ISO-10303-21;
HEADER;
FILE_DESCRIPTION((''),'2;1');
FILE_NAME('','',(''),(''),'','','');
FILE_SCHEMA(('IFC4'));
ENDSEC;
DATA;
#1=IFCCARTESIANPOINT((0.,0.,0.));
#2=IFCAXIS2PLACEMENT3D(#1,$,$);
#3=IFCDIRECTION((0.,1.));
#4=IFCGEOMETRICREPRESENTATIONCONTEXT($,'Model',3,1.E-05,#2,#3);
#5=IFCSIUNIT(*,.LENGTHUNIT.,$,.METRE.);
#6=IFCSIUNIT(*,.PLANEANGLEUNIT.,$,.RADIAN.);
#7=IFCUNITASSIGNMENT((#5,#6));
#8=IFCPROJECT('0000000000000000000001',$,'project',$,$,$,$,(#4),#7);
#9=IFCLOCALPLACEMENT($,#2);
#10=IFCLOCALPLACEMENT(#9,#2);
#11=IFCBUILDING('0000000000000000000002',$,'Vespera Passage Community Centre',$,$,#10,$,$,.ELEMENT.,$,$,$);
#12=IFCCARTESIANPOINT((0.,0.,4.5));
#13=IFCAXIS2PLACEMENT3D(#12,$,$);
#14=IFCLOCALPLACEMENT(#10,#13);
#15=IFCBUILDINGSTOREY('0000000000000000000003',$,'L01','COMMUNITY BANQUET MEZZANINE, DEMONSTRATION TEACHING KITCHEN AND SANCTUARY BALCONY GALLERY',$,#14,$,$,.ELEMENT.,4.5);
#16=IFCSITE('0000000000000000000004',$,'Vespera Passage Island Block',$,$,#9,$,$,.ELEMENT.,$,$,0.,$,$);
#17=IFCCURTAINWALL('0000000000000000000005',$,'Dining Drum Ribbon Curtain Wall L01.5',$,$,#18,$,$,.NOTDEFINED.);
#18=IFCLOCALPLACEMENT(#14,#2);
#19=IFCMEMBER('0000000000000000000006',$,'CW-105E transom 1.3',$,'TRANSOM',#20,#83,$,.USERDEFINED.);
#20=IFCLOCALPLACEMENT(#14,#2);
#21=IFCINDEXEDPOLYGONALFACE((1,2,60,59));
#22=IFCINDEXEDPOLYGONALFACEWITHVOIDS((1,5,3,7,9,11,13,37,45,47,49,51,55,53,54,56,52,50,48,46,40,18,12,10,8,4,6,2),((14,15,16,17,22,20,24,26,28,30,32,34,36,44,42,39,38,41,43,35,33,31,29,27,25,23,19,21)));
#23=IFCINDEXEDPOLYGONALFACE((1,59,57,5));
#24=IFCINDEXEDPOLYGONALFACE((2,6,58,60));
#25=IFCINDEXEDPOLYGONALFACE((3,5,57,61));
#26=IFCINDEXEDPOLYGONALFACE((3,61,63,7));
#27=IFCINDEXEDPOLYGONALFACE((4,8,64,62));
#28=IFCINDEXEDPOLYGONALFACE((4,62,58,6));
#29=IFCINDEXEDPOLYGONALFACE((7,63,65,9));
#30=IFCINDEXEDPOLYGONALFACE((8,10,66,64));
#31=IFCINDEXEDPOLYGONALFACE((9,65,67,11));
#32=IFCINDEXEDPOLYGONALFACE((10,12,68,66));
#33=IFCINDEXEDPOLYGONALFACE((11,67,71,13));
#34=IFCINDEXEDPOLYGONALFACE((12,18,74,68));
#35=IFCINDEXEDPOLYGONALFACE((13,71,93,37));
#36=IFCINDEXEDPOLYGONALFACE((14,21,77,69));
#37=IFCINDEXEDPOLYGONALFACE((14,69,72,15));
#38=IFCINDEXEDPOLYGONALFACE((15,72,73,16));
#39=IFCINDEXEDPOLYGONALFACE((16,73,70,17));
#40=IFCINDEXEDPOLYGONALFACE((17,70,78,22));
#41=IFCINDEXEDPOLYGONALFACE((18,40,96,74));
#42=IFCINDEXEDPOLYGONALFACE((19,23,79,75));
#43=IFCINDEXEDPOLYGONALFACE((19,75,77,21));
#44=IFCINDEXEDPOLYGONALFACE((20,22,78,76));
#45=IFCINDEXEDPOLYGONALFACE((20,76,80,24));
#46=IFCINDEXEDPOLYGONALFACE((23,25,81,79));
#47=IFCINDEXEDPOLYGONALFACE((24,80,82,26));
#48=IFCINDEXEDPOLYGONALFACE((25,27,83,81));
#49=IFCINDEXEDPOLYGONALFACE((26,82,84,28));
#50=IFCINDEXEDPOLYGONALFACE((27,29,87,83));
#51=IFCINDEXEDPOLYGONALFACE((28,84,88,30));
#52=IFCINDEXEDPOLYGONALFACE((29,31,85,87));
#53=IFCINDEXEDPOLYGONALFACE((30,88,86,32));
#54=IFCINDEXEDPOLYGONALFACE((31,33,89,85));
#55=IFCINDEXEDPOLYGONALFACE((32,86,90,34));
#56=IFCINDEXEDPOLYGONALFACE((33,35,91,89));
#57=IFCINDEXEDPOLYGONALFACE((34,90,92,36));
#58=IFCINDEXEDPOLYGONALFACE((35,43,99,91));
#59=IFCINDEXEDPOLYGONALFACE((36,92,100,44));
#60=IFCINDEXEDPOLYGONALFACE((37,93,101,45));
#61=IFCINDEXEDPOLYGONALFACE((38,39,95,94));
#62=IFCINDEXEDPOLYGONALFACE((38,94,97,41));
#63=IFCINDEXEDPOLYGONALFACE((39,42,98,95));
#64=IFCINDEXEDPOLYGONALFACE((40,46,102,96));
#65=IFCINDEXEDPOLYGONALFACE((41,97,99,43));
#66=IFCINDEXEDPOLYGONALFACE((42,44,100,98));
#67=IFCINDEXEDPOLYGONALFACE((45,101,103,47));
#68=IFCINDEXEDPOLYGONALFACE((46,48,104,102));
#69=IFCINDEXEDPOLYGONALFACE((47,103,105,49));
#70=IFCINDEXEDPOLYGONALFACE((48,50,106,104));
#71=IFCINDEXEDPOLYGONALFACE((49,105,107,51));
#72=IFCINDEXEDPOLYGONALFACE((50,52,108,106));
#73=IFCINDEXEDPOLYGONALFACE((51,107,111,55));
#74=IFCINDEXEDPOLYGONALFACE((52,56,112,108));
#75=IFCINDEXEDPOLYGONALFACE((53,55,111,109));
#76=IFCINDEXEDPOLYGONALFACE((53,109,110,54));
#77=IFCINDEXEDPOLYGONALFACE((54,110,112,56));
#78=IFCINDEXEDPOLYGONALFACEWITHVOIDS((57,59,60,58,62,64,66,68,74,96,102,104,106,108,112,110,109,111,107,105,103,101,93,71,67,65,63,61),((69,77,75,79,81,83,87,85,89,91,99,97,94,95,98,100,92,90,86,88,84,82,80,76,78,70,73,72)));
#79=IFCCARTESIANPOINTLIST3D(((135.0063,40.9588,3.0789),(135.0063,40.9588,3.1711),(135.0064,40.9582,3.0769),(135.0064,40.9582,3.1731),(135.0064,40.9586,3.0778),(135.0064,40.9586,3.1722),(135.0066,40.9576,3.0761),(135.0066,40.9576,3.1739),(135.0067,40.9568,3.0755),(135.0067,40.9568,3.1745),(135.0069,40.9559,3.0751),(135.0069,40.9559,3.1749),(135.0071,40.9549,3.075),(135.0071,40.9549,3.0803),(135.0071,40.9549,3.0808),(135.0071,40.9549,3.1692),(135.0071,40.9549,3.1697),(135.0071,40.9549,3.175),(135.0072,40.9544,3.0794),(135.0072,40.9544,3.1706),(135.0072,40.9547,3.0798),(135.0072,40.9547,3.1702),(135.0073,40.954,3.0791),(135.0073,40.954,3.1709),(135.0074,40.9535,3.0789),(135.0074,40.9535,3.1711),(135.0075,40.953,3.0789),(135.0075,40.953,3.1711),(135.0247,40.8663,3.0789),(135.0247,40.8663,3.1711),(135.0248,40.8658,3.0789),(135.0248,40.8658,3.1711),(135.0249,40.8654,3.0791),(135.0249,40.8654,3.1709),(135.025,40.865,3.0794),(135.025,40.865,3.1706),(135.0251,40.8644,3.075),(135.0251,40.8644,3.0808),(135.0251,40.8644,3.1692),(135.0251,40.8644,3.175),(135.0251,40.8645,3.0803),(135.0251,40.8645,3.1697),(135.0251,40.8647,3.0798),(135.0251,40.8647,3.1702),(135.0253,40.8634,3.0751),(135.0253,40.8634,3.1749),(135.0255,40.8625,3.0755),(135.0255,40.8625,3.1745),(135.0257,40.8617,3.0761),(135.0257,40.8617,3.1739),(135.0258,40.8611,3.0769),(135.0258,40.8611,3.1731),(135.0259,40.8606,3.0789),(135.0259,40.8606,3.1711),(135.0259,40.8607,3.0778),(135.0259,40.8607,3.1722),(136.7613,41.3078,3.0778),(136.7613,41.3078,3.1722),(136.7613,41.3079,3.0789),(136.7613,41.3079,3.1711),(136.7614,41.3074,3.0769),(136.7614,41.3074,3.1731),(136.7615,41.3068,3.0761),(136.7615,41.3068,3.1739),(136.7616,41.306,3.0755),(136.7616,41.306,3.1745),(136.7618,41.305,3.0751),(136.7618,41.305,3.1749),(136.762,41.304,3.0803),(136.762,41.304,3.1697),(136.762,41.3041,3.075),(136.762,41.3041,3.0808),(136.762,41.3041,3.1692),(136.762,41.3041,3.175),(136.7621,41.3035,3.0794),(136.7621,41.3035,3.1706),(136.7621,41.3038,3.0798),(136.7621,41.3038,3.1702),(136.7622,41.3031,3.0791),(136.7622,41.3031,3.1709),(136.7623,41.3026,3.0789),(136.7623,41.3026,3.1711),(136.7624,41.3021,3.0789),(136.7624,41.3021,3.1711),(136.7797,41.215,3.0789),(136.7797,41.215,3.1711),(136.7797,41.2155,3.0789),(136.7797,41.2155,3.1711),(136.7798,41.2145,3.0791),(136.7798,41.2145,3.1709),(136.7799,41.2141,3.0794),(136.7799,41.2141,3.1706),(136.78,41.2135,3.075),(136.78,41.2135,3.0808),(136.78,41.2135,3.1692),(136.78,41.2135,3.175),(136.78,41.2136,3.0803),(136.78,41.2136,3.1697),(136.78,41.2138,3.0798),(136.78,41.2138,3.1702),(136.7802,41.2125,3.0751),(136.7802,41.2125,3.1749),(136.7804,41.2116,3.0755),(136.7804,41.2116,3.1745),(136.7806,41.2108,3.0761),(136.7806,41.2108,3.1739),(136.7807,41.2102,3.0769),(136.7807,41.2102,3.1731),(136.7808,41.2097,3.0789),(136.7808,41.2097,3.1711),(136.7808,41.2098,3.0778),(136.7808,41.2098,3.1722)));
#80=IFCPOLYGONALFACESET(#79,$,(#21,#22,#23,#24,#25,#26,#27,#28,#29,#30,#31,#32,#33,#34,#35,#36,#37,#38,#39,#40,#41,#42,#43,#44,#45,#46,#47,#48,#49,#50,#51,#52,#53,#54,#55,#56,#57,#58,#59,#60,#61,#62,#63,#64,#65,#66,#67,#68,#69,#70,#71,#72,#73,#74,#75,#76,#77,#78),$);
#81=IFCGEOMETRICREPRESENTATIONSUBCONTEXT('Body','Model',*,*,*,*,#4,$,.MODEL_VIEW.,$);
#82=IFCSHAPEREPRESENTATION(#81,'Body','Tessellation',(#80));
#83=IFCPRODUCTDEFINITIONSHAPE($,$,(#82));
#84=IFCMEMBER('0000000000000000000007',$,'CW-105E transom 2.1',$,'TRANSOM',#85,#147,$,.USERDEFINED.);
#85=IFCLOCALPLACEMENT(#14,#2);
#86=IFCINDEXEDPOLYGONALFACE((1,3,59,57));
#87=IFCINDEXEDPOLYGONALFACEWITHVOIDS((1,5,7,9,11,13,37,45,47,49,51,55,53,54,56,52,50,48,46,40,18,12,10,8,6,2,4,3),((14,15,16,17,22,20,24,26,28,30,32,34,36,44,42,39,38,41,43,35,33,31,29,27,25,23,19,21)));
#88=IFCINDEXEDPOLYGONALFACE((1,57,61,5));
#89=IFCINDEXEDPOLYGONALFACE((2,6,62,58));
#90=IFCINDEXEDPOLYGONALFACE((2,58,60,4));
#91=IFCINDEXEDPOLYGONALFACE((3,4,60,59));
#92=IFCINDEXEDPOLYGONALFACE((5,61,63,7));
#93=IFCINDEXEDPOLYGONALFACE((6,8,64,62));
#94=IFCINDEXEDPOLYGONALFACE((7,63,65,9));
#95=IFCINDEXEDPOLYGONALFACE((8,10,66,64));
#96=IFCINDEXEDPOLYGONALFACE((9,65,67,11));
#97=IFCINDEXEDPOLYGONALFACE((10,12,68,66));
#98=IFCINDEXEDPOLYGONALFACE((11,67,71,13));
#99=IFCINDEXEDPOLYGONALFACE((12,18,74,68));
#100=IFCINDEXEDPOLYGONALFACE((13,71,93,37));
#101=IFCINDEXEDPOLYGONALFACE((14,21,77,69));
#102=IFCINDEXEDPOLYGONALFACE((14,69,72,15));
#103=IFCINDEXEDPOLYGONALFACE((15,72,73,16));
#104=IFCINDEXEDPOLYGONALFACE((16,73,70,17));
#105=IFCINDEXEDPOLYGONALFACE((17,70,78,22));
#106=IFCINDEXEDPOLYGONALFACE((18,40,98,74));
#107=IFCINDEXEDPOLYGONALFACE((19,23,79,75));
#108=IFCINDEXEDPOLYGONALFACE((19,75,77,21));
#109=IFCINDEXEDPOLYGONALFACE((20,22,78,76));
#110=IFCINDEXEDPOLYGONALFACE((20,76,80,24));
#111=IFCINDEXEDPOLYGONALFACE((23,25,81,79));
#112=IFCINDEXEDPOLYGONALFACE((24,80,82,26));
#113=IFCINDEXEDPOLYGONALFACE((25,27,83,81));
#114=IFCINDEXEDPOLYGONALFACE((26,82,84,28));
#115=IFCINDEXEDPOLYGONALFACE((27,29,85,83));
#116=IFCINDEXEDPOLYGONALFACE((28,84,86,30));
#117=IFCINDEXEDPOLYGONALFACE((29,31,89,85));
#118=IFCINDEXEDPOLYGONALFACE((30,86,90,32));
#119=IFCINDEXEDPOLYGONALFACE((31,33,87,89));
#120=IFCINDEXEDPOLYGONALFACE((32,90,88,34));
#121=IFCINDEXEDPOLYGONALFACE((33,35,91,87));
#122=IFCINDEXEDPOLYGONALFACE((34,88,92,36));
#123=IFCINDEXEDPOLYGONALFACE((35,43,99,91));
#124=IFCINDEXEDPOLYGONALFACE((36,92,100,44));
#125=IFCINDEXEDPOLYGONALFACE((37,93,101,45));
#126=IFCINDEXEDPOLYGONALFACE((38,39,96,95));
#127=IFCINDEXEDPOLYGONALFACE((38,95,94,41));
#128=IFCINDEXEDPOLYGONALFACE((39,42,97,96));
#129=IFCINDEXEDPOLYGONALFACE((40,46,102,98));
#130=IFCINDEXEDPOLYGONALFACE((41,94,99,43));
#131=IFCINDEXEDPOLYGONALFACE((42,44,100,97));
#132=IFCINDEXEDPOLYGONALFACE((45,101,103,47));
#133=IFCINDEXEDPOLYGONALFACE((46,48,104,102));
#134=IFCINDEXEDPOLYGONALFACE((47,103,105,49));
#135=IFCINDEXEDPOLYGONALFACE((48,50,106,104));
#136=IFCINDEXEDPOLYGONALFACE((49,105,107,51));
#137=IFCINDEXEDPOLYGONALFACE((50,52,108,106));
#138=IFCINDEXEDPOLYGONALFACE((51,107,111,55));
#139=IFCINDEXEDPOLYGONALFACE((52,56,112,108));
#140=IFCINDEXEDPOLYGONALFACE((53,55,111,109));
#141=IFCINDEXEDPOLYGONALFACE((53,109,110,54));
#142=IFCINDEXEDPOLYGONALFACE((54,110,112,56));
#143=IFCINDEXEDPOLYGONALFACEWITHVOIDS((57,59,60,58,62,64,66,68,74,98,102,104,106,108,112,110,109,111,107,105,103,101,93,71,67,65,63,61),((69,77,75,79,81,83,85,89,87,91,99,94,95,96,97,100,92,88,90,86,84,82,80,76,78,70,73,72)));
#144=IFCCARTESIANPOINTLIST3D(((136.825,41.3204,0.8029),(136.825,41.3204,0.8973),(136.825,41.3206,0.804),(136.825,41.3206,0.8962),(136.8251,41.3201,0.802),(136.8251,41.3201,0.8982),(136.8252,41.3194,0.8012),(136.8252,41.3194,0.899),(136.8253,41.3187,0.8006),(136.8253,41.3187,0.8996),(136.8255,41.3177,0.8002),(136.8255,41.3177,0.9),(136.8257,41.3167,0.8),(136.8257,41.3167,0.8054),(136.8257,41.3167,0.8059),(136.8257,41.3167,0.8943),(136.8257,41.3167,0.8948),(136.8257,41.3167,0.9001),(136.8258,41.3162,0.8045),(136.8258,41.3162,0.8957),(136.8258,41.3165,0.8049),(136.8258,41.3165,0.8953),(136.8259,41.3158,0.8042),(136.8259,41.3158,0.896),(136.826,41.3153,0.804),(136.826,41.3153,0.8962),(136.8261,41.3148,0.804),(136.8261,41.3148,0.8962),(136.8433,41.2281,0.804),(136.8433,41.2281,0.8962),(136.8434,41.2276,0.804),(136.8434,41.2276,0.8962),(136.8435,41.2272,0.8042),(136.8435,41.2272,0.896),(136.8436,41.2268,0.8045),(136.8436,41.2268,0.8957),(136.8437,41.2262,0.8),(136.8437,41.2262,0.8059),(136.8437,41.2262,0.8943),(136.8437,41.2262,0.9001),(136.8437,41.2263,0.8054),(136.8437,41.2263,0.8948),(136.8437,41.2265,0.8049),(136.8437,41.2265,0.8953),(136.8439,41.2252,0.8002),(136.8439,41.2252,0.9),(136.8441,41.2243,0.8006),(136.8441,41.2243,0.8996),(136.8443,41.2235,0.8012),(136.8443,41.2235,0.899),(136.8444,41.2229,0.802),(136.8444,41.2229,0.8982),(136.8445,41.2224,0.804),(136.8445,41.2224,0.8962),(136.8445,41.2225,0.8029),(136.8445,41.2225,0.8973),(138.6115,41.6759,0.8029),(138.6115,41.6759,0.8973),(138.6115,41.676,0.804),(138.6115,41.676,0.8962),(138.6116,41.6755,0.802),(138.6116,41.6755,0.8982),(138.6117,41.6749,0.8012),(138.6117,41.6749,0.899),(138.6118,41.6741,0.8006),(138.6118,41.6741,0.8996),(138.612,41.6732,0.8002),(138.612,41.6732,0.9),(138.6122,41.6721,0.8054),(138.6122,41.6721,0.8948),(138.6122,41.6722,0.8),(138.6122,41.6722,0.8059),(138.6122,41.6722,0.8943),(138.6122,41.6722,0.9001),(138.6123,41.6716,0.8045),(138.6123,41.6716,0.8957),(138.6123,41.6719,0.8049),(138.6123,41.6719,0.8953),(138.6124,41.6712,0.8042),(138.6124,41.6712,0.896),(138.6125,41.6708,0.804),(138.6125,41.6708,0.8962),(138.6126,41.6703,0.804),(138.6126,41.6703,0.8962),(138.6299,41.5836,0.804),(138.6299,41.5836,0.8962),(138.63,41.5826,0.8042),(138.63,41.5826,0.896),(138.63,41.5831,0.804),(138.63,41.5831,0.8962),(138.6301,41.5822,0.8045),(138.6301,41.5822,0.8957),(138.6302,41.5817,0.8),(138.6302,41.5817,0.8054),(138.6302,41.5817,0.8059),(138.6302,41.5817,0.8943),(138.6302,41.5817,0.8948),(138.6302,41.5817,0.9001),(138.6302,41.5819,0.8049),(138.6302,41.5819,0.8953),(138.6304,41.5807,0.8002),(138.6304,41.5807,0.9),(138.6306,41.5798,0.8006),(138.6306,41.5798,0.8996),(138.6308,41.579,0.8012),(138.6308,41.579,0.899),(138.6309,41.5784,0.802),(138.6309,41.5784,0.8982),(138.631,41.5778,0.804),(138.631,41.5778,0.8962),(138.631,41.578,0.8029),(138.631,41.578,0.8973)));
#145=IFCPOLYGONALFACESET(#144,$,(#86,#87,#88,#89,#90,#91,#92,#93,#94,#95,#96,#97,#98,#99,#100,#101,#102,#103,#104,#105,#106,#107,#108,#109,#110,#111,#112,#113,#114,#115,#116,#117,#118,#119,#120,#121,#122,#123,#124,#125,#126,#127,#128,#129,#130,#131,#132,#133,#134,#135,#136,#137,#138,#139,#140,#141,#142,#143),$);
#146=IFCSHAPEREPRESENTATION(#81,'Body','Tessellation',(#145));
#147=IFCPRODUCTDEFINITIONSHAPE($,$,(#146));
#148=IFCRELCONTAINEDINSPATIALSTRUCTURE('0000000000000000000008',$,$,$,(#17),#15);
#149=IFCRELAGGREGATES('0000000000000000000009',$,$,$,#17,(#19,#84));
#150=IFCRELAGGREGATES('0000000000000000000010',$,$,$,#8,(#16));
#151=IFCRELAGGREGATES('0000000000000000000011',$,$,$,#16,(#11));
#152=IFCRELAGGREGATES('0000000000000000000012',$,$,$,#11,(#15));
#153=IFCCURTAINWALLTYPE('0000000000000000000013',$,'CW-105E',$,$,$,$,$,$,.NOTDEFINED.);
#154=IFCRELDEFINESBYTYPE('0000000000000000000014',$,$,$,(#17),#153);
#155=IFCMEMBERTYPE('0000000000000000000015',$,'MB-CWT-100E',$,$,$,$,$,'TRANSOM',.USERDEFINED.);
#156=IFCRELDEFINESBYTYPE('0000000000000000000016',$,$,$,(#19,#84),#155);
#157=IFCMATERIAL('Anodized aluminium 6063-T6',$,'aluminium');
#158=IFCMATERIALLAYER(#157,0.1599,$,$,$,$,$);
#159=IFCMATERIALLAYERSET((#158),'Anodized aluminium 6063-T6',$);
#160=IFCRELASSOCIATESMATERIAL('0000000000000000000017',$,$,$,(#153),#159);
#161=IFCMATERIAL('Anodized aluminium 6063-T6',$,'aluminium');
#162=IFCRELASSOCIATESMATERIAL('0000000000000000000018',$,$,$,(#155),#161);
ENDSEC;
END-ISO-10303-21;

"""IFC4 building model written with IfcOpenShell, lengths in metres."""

from ifc_helpers import new_model, si_unit, direction, frame, origin, origin_2d, place, context, subcontext, project, spatial, hollow_rectangle, extrude, material, layer, layer_set, material_profile, profile_set, type_object, element, aggregate, save


model = new_model("IFC4")

# Units and contexts
model_context = context("Model", 3, precision=1e-05, world=origin(), true_north=direction((0.0, 1.0)))
body_context = subcontext(model_context, "Body", "Model", "MODEL_VIEW")
ifc_project = project(units=[si_unit("LENGTHUNIT", "METRE"), si_unit("PLANEANGLEUNIT", "RADIAN")], contexts=[model_context])

# Site, building, storey
site_placement = place(None, origin())
site = spatial("IfcSite", under=ifc_project, at=site_placement, Name="Vespera Passage Island Block", CompositionType="ELEMENT", RefElevation=0.0)
building_placement = place(site_placement, origin())
building = spatial("IfcBuilding", under=site, at=building_placement, Name="Vespera Passage Community Centre", CompositionType="ELEMENT")
storey_placement = place(building_placement, frame((0.0, 0.0, 4.5)))
storey = spatial("IfcBuildingStorey", under=building, at=storey_placement, Name="L01", Description="COMMUNITY BANQUET MEZZANINE, DEMONSTRATION TEACHING KITCHEN AND SANCTUARY BALCONY GALLERY", CompositionType="ELEMENT", Elevation=4.5)

# Curtain wall
ifc_material_1 = material(Name="Anodized aluminium 6063-T6", Category="aluminium")
ifc_layer_1 = layer(ifc_material_1, 0.1599)
ifc_layer_set_1 = layer_set([ifc_layer_1], Name="Anodized aluminium 6063-T6")
curtain_wall_type_1 = type_object("IfcCurtainWallType", Name="CW-105E", PredefinedType="NOTDEFINED", material=ifc_layer_set_1)
curtain_wall_1_placement = place(storey_placement, origin())
curtain_wall_1 = element("IfcCurtainWall", 1, at=curtain_wall_1_placement, inside=storey, type_object=curtain_wall_type_1, Name="Dining Drum Ribbon Curtain Wall L01.5", PredefinedType="NOTDEFINED")

# Members
ifc_material_2 = material(Name="Anodized aluminium 6063-T6", Category="aluminium")
ifc_material_profile_1 = material_profile(ifc_material_2, hollow_rectangle(XDim=0.1001, YDim=0.1001, WallThickness=0.0039, InnerFilletRadius=0.002, OuterFilletRadius=0.0039, at=origin_2d()), Name="ALU100X100X4")
ifc_profile_set_1 = profile_set([ifc_material_profile_1], Name="Anodized aluminium 6063-T6")
member_type_1 = type_object("IfcMemberType", Name="MB-CWT-100E", ElementType="TRANSOM", PredefinedType="USERDEFINED", material=ifc_profile_set_1)
member_1_placement = place(storey_placement, frame((135.0161, 40.9097, 3.125), z_axis=(0.98078, 0.195119, 0.0), x_axis=(-0.195119, 0.98078, 0.0)))
member_1 = element("IfcMember", 2, at=member_1_placement, type_object=member_type_1, Name="CW-105E transom 1.3", ObjectType="TRANSOM", PredefinedType="USERDEFINED", context=body_context, shape_type="SweptSolid", body=[
    extrude(hollow_rectangle(XDim=0.1001, YDim=0.1001, WallThickness=0.0039, InnerFilletRadius=0.002, OuterFilletRadius=0.0039, at=origin_2d()), origin(), (0.0, 0.0, 1.0), 1.7893),
])
member_2_placement = place(storey_placement, frame((136.8347, 41.2715, 0.8501), z_axis=(0.980776, 0.195137, 0.0), x_axis=(-0.195137, 0.980776, 0.0)))
member_2 = element("IfcMember", 3, at=member_2_placement, type_object=member_type_1, Name="CW-105E transom 2.1", ObjectType="TRANSOM", PredefinedType="USERDEFINED", context=body_context, shape_type="SweptSolid", body=[
    extrude(hollow_rectangle(XDim=0.1001, YDim=0.1001, WallThickness=0.0039, InnerFilletRadius=0.002, OuterFilletRadius=0.0039, at=origin_2d()), origin(), (0.0, 0.0, 1.0), 1.8215),
])

aggregate(curtain_wall_1, [member_1, member_2])

save(model, "model.ifc")
